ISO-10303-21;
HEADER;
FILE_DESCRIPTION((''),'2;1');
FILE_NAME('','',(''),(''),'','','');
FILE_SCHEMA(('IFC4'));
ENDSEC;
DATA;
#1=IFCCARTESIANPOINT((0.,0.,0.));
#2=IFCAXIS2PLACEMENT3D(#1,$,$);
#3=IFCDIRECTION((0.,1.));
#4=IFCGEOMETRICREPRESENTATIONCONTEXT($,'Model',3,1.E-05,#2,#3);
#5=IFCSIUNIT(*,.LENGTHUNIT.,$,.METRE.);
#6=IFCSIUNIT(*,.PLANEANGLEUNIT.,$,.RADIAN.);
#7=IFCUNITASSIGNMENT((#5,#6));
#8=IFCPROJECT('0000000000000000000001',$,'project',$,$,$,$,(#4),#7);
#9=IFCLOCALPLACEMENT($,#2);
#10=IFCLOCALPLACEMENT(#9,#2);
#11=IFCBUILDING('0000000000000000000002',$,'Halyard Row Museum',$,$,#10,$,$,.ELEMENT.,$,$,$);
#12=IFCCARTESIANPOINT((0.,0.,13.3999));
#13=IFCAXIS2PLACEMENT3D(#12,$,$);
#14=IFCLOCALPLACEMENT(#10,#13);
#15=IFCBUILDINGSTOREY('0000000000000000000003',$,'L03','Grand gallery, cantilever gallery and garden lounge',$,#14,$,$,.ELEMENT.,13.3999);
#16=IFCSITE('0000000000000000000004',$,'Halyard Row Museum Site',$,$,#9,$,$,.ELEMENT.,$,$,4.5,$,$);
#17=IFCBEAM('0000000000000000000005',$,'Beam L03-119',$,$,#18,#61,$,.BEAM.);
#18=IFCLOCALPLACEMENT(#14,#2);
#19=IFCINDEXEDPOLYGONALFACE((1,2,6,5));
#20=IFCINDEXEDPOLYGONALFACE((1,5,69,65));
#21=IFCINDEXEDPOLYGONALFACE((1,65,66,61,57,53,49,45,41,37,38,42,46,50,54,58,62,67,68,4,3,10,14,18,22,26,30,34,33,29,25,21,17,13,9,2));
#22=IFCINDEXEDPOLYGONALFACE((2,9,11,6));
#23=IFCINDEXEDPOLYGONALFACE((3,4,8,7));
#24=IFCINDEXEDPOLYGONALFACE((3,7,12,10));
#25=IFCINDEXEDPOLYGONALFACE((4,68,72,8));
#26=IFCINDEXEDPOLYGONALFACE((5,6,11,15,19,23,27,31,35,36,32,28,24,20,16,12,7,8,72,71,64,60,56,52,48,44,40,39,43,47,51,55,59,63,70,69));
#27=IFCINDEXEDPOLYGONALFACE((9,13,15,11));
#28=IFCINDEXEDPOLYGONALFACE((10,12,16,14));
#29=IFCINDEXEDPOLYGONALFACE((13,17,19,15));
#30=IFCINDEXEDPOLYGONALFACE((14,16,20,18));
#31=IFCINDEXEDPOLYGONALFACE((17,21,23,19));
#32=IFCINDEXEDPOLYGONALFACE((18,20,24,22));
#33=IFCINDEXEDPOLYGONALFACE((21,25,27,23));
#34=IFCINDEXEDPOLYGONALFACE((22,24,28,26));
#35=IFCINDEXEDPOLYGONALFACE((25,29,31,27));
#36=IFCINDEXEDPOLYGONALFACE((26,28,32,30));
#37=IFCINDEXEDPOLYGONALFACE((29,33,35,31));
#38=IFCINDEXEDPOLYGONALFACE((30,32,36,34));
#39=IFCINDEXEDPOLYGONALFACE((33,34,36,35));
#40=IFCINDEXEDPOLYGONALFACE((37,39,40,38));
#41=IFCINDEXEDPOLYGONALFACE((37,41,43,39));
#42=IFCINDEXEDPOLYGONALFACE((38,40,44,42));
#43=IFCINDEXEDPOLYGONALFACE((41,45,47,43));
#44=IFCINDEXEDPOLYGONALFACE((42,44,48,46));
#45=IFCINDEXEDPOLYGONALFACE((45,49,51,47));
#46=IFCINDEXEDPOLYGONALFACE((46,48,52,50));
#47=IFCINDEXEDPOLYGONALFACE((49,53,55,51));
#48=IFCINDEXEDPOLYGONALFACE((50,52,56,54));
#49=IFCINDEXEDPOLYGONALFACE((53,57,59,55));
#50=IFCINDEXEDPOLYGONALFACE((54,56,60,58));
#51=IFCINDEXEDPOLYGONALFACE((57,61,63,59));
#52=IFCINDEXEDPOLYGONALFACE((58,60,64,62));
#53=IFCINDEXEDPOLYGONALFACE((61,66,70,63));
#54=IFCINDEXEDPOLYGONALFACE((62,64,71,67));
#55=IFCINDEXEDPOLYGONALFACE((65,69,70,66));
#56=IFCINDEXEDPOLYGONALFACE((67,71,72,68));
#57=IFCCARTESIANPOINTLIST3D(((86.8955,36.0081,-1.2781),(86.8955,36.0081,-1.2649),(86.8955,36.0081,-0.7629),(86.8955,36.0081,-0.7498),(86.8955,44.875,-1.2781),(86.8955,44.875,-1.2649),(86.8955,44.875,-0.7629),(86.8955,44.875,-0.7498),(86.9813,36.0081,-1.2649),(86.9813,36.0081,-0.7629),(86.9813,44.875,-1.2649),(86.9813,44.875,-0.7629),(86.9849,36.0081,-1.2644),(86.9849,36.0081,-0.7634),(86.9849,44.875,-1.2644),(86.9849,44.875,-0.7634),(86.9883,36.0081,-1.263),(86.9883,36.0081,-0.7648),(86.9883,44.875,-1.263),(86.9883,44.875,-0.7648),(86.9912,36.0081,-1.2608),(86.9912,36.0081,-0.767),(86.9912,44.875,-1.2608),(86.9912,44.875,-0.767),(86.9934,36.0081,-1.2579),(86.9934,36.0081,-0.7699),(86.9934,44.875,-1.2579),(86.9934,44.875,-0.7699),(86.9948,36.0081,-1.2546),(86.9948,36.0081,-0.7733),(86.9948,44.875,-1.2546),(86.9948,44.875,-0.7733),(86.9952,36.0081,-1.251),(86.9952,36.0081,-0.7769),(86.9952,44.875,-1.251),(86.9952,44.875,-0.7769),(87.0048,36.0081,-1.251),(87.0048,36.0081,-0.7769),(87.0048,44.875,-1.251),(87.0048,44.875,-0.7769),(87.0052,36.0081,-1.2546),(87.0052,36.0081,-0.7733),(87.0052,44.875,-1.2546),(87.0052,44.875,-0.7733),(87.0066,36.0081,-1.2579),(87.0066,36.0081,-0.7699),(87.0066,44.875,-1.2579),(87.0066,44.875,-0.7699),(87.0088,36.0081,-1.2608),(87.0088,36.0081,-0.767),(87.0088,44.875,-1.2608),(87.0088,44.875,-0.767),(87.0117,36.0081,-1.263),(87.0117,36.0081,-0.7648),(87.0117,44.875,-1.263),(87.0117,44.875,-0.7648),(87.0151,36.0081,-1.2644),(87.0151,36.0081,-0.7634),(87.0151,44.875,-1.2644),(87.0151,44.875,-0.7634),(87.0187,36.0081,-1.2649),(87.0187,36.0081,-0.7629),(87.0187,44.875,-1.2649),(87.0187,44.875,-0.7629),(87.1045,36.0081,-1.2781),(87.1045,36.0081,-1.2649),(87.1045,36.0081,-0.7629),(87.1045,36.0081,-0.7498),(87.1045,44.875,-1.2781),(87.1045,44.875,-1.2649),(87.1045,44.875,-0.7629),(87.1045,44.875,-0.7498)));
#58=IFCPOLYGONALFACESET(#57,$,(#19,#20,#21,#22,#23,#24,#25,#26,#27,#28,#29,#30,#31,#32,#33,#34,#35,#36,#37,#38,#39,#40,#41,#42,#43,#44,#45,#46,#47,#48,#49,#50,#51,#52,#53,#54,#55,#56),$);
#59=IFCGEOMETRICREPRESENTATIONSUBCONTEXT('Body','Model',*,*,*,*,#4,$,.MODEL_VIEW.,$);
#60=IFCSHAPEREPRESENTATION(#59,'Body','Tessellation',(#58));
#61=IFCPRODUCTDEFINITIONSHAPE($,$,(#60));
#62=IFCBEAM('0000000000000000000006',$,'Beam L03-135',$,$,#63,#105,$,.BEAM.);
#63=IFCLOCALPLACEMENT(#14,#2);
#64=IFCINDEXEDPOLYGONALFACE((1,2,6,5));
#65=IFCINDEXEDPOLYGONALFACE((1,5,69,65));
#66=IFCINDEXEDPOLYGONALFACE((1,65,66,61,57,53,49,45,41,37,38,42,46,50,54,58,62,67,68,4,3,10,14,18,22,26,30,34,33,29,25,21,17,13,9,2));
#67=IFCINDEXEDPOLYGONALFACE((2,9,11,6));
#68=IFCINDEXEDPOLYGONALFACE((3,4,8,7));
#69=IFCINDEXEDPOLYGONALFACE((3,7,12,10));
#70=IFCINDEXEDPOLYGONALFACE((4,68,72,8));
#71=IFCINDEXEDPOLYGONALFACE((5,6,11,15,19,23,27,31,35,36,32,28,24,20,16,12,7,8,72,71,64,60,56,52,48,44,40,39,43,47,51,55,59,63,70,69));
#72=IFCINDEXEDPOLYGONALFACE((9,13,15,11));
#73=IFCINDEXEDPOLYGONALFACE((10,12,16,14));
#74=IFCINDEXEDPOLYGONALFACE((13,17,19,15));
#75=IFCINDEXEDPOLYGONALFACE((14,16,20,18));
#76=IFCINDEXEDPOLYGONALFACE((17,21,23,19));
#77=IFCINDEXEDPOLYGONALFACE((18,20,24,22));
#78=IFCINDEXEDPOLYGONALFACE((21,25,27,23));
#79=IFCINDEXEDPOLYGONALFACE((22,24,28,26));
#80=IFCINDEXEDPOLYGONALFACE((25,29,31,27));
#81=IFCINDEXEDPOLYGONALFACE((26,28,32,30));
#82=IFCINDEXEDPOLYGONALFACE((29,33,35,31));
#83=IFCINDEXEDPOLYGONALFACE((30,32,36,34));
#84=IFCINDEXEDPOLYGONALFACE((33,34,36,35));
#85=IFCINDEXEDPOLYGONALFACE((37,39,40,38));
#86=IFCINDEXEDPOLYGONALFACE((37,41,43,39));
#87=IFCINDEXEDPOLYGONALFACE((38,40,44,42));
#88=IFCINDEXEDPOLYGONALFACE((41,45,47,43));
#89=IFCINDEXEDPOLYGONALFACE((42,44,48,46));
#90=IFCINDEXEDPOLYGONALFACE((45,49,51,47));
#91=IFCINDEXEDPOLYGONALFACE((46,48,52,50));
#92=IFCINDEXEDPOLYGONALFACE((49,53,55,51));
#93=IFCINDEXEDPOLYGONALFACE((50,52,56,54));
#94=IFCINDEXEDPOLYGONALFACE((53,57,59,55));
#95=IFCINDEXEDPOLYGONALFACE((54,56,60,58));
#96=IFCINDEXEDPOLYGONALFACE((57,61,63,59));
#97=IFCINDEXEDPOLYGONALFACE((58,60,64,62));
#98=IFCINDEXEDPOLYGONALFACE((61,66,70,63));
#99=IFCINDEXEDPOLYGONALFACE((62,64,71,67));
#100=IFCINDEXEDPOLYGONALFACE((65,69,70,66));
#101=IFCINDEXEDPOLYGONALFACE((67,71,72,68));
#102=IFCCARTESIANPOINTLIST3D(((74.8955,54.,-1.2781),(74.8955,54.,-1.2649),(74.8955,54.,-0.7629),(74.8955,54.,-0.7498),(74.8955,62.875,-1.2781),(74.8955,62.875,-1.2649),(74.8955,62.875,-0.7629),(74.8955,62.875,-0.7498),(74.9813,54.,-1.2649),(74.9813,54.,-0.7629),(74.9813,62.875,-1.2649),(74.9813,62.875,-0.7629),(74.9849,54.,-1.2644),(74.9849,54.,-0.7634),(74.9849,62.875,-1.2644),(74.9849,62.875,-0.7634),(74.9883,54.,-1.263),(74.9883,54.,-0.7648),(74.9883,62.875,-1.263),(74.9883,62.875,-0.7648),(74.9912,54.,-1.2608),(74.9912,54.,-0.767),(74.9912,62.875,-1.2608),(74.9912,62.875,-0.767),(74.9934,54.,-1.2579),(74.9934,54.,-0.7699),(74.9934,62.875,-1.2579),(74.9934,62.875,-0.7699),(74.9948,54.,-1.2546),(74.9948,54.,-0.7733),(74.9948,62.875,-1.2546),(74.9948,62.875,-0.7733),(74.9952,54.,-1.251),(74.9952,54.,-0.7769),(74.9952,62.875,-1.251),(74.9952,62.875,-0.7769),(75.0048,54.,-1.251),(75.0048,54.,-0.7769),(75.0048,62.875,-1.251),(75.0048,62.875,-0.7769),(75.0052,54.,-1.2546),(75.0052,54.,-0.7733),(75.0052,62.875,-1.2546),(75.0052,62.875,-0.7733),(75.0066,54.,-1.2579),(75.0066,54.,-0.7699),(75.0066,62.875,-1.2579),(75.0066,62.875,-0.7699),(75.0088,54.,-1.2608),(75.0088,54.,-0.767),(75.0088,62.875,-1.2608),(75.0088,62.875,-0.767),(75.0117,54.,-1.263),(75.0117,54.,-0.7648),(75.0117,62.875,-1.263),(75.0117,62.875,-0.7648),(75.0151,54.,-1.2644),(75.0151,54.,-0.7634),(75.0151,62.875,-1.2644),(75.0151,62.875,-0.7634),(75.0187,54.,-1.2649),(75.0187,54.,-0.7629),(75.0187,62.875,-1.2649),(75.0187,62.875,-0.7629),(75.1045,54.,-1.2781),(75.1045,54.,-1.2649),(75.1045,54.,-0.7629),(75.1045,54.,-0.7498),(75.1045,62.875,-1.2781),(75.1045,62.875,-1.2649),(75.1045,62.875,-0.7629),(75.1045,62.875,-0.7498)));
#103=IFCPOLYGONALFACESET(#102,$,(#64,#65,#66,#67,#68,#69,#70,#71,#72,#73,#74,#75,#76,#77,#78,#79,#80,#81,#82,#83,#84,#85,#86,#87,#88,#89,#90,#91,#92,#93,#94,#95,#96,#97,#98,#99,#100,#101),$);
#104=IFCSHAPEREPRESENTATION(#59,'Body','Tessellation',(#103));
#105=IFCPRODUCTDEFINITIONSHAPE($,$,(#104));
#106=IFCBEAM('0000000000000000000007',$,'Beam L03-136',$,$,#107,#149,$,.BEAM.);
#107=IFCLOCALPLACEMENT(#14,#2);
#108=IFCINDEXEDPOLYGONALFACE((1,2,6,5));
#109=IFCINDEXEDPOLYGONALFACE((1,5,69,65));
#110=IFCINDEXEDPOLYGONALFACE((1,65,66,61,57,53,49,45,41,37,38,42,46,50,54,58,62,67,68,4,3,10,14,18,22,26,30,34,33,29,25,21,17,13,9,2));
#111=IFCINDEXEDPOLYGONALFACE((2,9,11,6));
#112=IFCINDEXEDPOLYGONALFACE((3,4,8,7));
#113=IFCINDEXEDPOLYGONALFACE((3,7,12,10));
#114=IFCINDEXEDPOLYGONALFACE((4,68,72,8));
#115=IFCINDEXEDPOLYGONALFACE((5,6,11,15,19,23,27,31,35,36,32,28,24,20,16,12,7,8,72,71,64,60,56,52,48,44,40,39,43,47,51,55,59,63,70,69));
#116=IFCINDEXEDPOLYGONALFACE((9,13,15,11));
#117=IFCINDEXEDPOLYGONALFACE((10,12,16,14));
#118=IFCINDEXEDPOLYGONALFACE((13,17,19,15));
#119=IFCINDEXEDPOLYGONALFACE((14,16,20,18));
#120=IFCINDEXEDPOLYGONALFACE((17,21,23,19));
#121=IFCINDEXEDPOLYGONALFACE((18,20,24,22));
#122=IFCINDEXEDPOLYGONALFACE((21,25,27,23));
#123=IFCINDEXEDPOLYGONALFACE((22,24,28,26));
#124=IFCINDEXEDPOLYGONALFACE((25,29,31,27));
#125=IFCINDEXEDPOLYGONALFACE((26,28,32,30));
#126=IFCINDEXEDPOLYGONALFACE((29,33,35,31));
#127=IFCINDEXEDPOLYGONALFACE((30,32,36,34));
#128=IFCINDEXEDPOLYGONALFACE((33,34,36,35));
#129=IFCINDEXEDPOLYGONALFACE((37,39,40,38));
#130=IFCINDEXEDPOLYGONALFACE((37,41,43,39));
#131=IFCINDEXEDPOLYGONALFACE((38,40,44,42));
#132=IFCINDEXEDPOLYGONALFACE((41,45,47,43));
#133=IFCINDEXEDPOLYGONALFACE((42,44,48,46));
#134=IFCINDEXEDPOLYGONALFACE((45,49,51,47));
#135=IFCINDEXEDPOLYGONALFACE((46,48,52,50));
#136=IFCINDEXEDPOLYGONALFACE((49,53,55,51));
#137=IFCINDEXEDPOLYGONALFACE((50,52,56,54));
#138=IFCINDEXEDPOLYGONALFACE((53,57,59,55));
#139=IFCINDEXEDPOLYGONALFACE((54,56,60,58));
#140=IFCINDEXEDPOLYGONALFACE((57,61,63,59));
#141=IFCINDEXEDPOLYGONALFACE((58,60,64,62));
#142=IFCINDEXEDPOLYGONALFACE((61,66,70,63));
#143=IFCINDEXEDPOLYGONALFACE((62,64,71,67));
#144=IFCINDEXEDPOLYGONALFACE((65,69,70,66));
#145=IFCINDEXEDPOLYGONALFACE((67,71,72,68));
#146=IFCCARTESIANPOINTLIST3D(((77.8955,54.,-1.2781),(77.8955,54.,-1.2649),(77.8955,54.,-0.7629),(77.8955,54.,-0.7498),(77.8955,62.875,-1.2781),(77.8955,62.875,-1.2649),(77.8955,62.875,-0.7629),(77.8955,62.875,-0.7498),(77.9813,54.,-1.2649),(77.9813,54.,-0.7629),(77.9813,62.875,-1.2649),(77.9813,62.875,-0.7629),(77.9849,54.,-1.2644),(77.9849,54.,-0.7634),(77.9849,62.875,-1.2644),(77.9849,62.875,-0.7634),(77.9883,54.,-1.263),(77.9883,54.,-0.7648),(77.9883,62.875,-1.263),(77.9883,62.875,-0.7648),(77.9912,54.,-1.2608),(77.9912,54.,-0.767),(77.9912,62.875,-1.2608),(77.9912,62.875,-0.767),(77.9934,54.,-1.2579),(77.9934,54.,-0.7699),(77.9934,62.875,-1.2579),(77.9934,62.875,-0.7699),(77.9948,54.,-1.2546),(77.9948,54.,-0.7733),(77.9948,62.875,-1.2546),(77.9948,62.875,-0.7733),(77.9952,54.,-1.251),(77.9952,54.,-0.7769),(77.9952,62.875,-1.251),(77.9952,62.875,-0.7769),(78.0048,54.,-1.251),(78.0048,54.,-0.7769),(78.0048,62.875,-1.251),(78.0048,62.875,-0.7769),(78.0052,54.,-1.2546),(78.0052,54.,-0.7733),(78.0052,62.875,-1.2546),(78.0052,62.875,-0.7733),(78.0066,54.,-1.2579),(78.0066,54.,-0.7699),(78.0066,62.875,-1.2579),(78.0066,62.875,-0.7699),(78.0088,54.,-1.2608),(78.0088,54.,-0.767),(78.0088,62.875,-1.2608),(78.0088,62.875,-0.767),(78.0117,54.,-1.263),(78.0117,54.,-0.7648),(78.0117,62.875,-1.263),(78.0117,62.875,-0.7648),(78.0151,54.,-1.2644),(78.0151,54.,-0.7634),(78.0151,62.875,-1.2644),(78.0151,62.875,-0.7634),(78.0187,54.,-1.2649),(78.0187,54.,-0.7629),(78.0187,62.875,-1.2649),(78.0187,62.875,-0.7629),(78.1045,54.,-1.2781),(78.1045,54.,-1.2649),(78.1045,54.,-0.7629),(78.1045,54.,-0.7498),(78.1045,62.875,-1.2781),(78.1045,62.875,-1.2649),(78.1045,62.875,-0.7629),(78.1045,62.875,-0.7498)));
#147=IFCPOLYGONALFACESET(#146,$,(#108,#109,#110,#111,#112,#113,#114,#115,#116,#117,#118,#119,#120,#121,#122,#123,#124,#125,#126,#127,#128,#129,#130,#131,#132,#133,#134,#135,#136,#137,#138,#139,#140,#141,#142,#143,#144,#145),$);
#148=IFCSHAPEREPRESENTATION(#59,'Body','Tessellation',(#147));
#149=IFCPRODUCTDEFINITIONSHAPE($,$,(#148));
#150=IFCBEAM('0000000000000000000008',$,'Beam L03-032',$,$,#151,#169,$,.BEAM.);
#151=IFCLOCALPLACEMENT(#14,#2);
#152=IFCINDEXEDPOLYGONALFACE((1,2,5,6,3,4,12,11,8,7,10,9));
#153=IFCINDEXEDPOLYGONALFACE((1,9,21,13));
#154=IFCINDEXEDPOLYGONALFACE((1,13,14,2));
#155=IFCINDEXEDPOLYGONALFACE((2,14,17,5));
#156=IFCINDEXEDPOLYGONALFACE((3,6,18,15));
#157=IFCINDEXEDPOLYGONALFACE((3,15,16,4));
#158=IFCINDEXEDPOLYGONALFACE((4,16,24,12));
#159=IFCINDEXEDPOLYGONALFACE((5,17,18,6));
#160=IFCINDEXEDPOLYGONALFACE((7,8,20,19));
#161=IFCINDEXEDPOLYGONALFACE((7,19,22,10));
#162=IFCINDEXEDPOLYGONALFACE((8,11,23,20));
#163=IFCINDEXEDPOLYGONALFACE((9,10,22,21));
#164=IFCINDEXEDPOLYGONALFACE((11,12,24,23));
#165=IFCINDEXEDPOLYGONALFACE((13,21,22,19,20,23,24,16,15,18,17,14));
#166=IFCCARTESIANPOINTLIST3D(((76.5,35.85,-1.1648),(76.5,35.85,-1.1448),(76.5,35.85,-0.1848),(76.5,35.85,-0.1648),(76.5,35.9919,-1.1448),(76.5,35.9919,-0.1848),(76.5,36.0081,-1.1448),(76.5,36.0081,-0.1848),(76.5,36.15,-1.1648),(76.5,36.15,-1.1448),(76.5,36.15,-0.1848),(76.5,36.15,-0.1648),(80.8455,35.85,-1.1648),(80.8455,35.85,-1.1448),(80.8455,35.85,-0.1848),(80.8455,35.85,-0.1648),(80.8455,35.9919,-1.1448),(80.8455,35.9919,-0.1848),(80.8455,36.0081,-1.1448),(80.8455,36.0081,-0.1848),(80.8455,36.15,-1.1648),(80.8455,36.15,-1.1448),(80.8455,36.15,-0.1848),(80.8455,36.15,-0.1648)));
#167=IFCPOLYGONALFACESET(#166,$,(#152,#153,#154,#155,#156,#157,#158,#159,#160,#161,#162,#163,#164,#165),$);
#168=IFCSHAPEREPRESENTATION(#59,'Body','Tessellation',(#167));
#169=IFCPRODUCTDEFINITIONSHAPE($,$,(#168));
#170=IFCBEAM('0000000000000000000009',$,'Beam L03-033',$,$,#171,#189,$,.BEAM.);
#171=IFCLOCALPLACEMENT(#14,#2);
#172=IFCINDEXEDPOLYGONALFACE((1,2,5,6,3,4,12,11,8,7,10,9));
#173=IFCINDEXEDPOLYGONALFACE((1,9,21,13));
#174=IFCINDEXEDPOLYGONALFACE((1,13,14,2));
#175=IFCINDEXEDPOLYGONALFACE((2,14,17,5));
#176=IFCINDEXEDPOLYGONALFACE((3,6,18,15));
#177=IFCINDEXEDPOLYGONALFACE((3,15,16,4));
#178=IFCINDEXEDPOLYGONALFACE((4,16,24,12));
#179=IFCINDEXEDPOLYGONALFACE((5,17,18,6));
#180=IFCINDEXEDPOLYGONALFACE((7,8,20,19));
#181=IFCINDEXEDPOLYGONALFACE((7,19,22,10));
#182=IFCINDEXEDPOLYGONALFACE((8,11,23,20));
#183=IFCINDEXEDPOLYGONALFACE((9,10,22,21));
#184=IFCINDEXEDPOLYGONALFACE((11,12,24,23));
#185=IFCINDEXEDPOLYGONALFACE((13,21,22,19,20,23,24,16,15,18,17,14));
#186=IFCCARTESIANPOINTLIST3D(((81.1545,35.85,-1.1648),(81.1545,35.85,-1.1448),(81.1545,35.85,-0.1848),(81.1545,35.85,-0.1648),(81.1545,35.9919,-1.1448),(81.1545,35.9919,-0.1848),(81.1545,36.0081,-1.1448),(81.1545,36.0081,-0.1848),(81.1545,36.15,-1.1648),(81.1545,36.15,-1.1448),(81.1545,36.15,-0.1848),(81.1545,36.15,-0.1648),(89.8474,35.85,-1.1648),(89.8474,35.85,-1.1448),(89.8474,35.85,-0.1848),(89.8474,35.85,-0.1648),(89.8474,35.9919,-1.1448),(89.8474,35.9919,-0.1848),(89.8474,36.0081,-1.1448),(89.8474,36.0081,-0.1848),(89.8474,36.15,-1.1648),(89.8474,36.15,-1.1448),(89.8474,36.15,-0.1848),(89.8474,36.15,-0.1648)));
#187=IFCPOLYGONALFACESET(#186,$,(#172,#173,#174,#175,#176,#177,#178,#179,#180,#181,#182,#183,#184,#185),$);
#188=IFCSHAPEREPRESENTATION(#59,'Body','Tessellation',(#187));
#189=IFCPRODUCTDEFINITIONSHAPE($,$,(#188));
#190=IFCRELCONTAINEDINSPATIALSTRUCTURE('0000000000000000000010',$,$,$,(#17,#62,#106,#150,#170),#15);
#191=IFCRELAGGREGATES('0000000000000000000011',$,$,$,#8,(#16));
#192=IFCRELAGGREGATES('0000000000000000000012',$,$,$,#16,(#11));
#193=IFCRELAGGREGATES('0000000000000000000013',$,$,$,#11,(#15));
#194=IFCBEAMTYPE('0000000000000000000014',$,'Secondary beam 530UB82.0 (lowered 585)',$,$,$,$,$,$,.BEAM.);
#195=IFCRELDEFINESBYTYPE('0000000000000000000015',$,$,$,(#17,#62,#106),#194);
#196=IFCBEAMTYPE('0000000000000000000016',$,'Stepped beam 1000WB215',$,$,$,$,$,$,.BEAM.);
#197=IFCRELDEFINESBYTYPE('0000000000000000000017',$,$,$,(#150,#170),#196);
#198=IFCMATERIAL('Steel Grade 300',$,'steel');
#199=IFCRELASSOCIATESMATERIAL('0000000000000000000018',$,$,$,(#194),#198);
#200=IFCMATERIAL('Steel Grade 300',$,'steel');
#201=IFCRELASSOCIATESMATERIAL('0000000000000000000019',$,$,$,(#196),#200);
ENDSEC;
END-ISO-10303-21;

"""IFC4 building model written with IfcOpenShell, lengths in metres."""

from ifc_helpers import new_model, si_unit, direction, frame, origin, origin_2d, place, context, subcontext, project, spatial, i_section, extrude, material, material_profile, profile_set, type_object, element, save


model = new_model("IFC4")

# Units and contexts
model_context = context("Model", 3, precision=1e-05, world=origin(), true_north=direction((0.0, 1.0)))
body_context = subcontext(model_context, "Body", "Model", "MODEL_VIEW")
ifc_project = project(units=[si_unit("LENGTHUNIT", "METRE"), si_unit("PLANEANGLEUNIT", "RADIAN")], contexts=[model_context])

# Site, building, storey
site_placement = place(None, origin())
site = spatial("IfcSite", under=ifc_project, at=site_placement, Name="Halyard Row Museum Site", CompositionType="ELEMENT", RefElevation=4.5)
building_placement = place(site_placement, origin())
building = spatial("IfcBuilding", under=site, at=building_placement, Name="Halyard Row Museum", CompositionType="ELEMENT")
storey_placement = place(building_placement, frame((0.0, 0.0, 13.3999)))
storey = spatial("IfcBuildingStorey", under=building, at=storey_placement, Name="L03", Description="Grand gallery, cantilever gallery and garden lounge", CompositionType="ELEMENT", Elevation=13.3999)

# Beams
ifc_material_1 = material(Name="Steel Grade 300", Category="steel")
ifc_material_profile_1 = material_profile(ifc_material_1, i_section(OverallWidth=0.209, OverallDepth=0.5283, WebThickness=0.0095, FlangeThickness=0.0132, FilletRadius=0.0139, at=origin_2d()), Name="530UB82.0")
ifc_profile_set_1 = profile_set([ifc_material_profile_1], Name="Steel Grade 300")
beam_type_1 = type_object("IfcBeamType", Name="Secondary beam 530UB82.0 (lowered 585)", PredefinedType="BEAM", material=ifc_profile_set_1)
for number, where, z_axis, x_axis, name in (
    (1, (87.0, 36.0081, -1.0139), (0.0, 1.0, 0.0), (-1.0, 0.0, 0.0), "Beam L03-119"),
):
    element("IfcBeam", number, at=place(storey_placement, frame(where, z_axis=z_axis, x_axis=x_axis)), inside=storey, type_object=beam_type_1, Name=name, PredefinedType="BEAM", context=body_context, shape_type="SweptSolid", body=[
        extrude(i_section(OverallWidth=0.209, OverallDepth=0.5283, WebThickness=0.0095, FlangeThickness=0.0132, FilletRadius=0.0139, at=origin_2d()), origin(), (0.0, 0.0, 1.0), 8.8669),
    ])
for number, where, z_axis, x_axis, name in (
    (2, (75.0, 54.0, -1.0139), (0.0, 1.0, 0.0), (-1.0, 0.0, 0.0), "Beam L03-135"),
    (3, (78.0, 54.0, -1.0139), (0.0, 1.0, 0.0), (-1.0, 0.0, 0.0), "Beam L03-136"),
):
    element("IfcBeam", number, at=place(storey_placement, frame(where, z_axis=z_axis, x_axis=x_axis)), inside=storey, type_object=beam_type_1, Name=name, PredefinedType="BEAM", context=body_context, shape_type="SweptSolid", body=[
        extrude(i_section(OverallWidth=0.209, OverallDepth=0.5283, WebThickness=0.0095, FlangeThickness=0.0132, FilletRadius=0.0139, at=origin_2d()), origin(), (0.0, 0.0, 1.0), 8.875),
    ])
ifc_material_2 = material(Name="Steel Grade 300", Category="steel")
ifc_material_profile_2 = material_profile(ifc_material_2, i_section(OverallWidth=0.3, OverallDepth=1.0, WebThickness=0.0161, FlangeThickness=0.02, at=origin_2d()), Name="1000WB215")
ifc_profile_set_2 = profile_set([ifc_material_profile_2], Name="Steel Grade 300")
beam_type_2 = type_object("IfcBeamType", Name="Stepped beam 1000WB215", PredefinedType="BEAM", material=ifc_profile_set_2)
beam_1_placement = place(storey_placement, frame((76.5, 36.0, -0.6648), z_axis=(1.0, 0.0, 0.0), x_axis=(0.0, 1.0, 0.0)))
element("IfcBeam", 4, at=beam_1_placement, inside=storey, type_object=beam_type_2, Name="Beam L03-032", PredefinedType="BEAM", context=body_context, shape_type="SweptSolid", body=[
    extrude(i_section(OverallWidth=0.3, OverallDepth=1.0, WebThickness=0.0161, FlangeThickness=0.02, at=origin_2d()), origin(), (0.0, 0.0, 1.0), 4.3455),
])
beam_2_placement = place(storey_placement, frame((81.1545, 36.0, -0.6648), z_axis=(1.0, 0.0, 0.0), x_axis=(0.0, 1.0, 0.0)))
element("IfcBeam", 5, at=beam_2_placement, inside=storey, type_object=beam_type_2, Name="Beam L03-033", PredefinedType="BEAM", context=body_context, shape_type="SweptSolid", body=[
    extrude(i_section(OverallWidth=0.3, OverallDepth=1.0, WebThickness=0.0161, FlangeThickness=0.02, at=origin_2d()), origin(), (0.0, 0.0, 1.0), 8.6929),
])

save(model, "model.ifc")
